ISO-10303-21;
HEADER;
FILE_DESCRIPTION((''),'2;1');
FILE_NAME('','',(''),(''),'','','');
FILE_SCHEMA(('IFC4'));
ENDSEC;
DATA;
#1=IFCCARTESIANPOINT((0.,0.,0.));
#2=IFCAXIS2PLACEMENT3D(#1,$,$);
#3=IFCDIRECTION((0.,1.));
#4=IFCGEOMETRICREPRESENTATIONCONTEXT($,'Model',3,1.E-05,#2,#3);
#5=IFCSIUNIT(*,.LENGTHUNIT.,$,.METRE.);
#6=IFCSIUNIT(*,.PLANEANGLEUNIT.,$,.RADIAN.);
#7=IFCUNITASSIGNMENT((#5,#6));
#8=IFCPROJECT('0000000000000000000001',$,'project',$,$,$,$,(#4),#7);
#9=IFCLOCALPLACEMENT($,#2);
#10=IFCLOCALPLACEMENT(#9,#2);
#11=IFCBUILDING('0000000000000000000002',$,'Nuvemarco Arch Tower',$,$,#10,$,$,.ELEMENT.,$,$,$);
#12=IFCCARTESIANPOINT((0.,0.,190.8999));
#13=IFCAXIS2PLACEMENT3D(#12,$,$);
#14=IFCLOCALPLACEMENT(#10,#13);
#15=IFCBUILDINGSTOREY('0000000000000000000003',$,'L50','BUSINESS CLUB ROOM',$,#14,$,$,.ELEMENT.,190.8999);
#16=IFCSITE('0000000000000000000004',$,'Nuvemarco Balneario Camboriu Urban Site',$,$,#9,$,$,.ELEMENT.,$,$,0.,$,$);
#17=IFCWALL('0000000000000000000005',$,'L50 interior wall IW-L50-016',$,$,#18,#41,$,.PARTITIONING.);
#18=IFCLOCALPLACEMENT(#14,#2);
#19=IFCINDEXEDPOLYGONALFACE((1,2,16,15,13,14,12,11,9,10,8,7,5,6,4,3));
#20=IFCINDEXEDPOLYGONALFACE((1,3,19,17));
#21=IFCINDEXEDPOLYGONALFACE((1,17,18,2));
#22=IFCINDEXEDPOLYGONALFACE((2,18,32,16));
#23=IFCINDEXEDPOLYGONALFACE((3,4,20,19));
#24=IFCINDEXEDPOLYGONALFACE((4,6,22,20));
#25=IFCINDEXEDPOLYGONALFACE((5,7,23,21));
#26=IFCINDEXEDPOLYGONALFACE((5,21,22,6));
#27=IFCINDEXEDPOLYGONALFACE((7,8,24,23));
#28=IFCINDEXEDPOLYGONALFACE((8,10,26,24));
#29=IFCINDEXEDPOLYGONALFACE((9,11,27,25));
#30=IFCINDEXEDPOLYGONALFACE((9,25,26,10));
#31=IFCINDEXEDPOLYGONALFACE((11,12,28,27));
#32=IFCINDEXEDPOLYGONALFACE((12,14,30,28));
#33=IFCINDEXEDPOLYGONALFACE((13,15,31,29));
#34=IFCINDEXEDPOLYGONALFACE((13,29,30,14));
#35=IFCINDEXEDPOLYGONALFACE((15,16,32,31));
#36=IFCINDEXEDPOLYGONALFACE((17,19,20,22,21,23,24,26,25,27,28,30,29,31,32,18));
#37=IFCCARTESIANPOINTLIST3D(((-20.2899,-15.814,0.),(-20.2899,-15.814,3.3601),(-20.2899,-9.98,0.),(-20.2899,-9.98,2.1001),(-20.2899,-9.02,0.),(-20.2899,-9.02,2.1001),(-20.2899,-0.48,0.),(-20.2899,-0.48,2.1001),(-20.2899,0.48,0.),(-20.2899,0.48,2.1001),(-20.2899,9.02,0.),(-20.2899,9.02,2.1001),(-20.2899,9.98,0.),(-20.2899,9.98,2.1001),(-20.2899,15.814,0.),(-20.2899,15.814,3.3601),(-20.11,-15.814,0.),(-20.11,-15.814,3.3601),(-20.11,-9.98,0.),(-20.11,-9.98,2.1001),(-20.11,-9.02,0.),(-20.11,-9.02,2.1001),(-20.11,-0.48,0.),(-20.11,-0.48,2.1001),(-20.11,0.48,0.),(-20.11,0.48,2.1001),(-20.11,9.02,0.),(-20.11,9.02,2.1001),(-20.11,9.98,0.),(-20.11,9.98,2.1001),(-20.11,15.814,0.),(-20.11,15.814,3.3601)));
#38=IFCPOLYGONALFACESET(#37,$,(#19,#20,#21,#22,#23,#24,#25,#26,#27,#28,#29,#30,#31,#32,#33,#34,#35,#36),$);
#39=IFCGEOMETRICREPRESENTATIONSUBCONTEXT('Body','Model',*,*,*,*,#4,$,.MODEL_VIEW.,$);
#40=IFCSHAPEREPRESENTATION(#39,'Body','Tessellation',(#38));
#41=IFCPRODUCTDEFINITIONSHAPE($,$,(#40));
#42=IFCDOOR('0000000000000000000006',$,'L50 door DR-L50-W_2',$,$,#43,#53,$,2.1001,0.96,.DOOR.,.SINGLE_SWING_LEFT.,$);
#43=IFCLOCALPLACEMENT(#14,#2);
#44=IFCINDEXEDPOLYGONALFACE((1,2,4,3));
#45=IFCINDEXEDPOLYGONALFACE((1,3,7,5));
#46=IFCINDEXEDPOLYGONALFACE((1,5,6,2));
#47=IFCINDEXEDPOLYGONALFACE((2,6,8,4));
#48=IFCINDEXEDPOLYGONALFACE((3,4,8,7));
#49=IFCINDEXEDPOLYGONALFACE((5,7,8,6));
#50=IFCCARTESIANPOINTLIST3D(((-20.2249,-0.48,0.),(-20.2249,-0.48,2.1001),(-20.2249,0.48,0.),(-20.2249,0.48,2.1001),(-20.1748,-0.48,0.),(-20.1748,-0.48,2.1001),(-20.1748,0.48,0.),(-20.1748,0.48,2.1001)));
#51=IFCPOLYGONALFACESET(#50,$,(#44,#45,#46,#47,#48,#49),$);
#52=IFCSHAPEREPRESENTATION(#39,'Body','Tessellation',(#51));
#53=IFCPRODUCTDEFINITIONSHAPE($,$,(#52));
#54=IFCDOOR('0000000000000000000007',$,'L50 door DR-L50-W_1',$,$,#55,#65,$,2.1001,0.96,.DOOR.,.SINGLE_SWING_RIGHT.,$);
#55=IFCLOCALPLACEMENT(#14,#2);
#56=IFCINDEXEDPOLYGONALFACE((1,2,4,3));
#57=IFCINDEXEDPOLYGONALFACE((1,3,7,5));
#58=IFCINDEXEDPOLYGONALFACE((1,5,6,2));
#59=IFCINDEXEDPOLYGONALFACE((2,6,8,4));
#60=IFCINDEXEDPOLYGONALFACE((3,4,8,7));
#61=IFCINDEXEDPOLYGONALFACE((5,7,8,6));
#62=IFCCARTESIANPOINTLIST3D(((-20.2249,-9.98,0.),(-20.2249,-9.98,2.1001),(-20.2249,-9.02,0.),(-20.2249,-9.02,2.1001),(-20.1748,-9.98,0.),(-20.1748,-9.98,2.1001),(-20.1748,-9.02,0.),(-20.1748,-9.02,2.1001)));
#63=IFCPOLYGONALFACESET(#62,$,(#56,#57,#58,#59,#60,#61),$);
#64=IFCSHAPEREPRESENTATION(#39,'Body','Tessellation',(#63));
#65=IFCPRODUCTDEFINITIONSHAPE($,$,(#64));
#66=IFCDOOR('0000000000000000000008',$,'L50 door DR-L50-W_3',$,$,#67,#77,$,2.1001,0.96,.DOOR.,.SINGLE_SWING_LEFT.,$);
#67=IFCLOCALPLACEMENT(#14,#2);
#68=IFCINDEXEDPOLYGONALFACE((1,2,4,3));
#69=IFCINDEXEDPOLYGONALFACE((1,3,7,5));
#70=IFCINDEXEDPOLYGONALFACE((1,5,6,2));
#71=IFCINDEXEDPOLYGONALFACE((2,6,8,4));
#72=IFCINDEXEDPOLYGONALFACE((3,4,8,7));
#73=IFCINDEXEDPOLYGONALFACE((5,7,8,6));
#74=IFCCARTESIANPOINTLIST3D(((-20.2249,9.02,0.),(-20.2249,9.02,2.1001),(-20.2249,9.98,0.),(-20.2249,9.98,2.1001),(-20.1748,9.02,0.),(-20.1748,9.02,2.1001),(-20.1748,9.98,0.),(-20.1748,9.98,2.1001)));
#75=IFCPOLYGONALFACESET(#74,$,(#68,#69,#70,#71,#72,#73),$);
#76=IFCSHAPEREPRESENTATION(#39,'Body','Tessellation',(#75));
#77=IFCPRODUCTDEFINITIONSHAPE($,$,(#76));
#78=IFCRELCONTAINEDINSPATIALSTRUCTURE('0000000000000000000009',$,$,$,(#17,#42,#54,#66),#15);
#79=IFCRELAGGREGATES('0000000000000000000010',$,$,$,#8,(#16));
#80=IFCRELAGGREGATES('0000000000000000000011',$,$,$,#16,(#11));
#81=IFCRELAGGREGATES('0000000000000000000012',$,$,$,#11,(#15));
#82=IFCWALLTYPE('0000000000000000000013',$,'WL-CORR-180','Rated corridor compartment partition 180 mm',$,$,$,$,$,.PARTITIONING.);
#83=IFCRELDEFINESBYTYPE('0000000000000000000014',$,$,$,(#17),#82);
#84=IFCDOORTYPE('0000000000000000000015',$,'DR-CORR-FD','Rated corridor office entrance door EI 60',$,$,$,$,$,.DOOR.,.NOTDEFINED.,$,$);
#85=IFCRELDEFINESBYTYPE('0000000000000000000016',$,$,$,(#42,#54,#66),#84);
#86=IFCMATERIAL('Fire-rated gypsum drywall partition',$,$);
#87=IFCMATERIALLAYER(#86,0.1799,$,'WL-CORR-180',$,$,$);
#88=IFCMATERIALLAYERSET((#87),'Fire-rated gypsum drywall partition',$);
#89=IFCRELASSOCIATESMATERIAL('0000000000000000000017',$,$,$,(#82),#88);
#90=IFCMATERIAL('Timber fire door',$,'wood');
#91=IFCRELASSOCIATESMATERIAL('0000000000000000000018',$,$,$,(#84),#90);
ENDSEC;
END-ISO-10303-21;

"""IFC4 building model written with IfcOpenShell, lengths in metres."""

from ifc_helpers import new_model, si_unit, direction, frame, frame_2d, origin, place, context, subcontext, project, spatial, rectangle, extrude, source, transform, mapped, material, layer, layer_set, type_object, type_shapes, element, fill, save


model = new_model("IFC4")

# Units and contexts
model_context = context("Model", 3, precision=1e-05, world=origin(), true_north=direction((0.0, 1.0)))
body_context = subcontext(model_context, "Body", "Model", "MODEL_VIEW")
ifc_project = project(units=[si_unit("LENGTHUNIT", "METRE"), si_unit("PLANEANGLEUNIT", "RADIAN")], contexts=[model_context])

# Site, building, storey
site_placement = place(None, origin())
site = spatial("IfcSite", under=ifc_project, at=site_placement, Name="Nuvemarco Balneario Camboriu Urban Site", CompositionType="ELEMENT", RefElevation=0.0)
building_placement = place(site_placement, origin())
building = spatial("IfcBuilding", under=site, at=building_placement, Name="Nuvemarco Arch Tower", CompositionType="ELEMENT")
storey_placement = place(building_placement, frame((0.0, 0.0, 190.8999)))
storey = spatial("IfcBuildingStorey", under=building, at=storey_placement, Name="L50", Description="BUSINESS CLUB ROOM", CompositionType="ELEMENT", Elevation=190.8999)

# Shared definitions
ifc_material_1 = material(Name="Fire-rated gypsum drywall partition")
ifc_layer = layer(ifc_material_1, 0.1799, Name="WL-CORR-180")
ifc_layer_set = layer_set([ifc_layer], Name="Fire-rated gypsum drywall partition")
wall_type = type_object("IfcWallType", Name="WL-CORR-180", Description="Rated corridor compartment partition 180 mm", PredefinedType="PARTITIONING", material=ifc_layer_set)
ifc_material_2 = material(Name="Timber fire door", Category="wood")
door_type = type_object("IfcDoorType", Name="DR-CORR-FD", Description="Rated corridor office entrance door EI 60", OperationType="NOTDEFINED", PredefinedType="DOOR", material=ifc_material_2)
shared_shape = source(origin(), body_context, "Body", "SweptSolid", [
    extrude(rectangle(XDim=0.96, YDim=2.1001, at=frame_2d((0.48, 1.05))), frame((0.0, 0.0249, 0.0), z_axis=(0.0, -1.0, 0.0), x_axis=(1.0, 0.0, 0.0)), (0.0, 0.0, 1.0), 0.05),
])
type_shapes(door_type, [shared_shape])

# Wall, openings, doors
wall_1_placement = place(storey_placement, frame((-20.2, -15.814, 0.0), z_axis=(0.0, 0.0, 1.0), x_axis=(0.0, 1.0, 0.0)))
wall_1 = element("IfcWall", 1, at=wall_1_placement, inside=storey, type_object=wall_type, Name="L50 interior wall IW-L50-016", PredefinedType="PARTITIONING", context=body_context, shape_type="SweptSolid", body=[
    extrude(rectangle(XDim=31.6279, YDim=0.1799, at=frame_2d((15.814, 0.0))), origin(), (0.0, 0.0, 1.0), 3.3601),
])
opening_1_placement = place(wall_1_placement, frame((15.334, 0.0, 0.0)))
opening_1 = element("IfcOpeningElement", 2, at=opening_1_placement, cuts=wall_1, PredefinedType="OPENING", context=body_context, shape_type="SweptSolid", body=[
    extrude(rectangle(XDim=0.96, YDim=2.1001, at=frame_2d((0.48, 1.05))), frame((0.0, 0.0999, 0.0), z_axis=(0.0, -1.0, 0.0), x_axis=(1.0, 0.0, 0.0)), (0.0, 0.0, 1.0), 0.2),
])
opening_2_placement = place(wall_1_placement, frame((5.834, 0.0, 0.0)))
opening_2 = element("IfcOpeningElement", 3, at=opening_2_placement, cuts=wall_1, PredefinedType="OPENING", context=body_context, shape_type="SweptSolid", body=[
    extrude(rectangle(XDim=0.96, YDim=2.1001, at=frame_2d((0.48, 1.05))), frame((0.0, 0.0999, 0.0), z_axis=(0.0, -1.0, 0.0), x_axis=(1.0, 0.0, 0.0)), (0.0, 0.0, 1.0), 0.2),
])
opening_3_placement = place(wall_1_placement, frame((24.834, 0.0, 0.0)))
opening_3 = element("IfcOpeningElement", 4, at=opening_3_placement, cuts=wall_1, PredefinedType="OPENING", context=body_context, shape_type="SweptSolid", body=[
    extrude(rectangle(XDim=0.96, YDim=2.1001, at=frame_2d((0.48, 1.05))), frame((0.0, 0.0999, 0.0), z_axis=(0.0, -1.0, 0.0), x_axis=(1.0, 0.0, 0.0)), (0.0, 0.0, 1.0), 0.2),
])
door_1_placement = place(opening_1_placement, origin())
door_1 = element("IfcDoor", 5, at=door_1_placement, inside=storey, type_object=door_type, Name="L50 door DR-L50-W_2", OperationType="SINGLE_SWING_LEFT", OverallHeight=2.1001, OverallWidth=0.96, PredefinedType="DOOR", context=body_context, shape_type="MappedRepresentation", body=[
    mapped(shared_shape, transform((0.0, 0.0, 0.0), scale=1.0)),
])
fill(opening_1, door_1)
door_2_placement = place(opening_2_placement, origin())
door_2 = element("IfcDoor", 6, at=door_2_placement, inside=storey, type_object=door_type, Name="L50 door DR-L50-W_1", OperationType="SINGLE_SWING_RIGHT", OverallHeight=2.1001, OverallWidth=0.96, PredefinedType="DOOR", context=body_context, shape_type="MappedRepresentation", body=[
    mapped(shared_shape, transform((0.0, 0.0, 0.0), scale=1.0)),
])
fill(opening_2, door_2)
door_3_placement = place(opening_3_placement, origin())
door_3 = element("IfcDoor", 7, at=door_3_placement, inside=storey, type_object=door_type, Name="L50 door DR-L50-W_3", OperationType="SINGLE_SWING_LEFT", OverallHeight=2.1001, OverallWidth=0.96, PredefinedType="DOOR", context=body_context, shape_type="MappedRepresentation", body=[
    mapped(shared_shape, transform((0.0, 0.0, 0.0), scale=1.0)),
])
fill(opening_3, door_3)

save(model, "model.ifc")
